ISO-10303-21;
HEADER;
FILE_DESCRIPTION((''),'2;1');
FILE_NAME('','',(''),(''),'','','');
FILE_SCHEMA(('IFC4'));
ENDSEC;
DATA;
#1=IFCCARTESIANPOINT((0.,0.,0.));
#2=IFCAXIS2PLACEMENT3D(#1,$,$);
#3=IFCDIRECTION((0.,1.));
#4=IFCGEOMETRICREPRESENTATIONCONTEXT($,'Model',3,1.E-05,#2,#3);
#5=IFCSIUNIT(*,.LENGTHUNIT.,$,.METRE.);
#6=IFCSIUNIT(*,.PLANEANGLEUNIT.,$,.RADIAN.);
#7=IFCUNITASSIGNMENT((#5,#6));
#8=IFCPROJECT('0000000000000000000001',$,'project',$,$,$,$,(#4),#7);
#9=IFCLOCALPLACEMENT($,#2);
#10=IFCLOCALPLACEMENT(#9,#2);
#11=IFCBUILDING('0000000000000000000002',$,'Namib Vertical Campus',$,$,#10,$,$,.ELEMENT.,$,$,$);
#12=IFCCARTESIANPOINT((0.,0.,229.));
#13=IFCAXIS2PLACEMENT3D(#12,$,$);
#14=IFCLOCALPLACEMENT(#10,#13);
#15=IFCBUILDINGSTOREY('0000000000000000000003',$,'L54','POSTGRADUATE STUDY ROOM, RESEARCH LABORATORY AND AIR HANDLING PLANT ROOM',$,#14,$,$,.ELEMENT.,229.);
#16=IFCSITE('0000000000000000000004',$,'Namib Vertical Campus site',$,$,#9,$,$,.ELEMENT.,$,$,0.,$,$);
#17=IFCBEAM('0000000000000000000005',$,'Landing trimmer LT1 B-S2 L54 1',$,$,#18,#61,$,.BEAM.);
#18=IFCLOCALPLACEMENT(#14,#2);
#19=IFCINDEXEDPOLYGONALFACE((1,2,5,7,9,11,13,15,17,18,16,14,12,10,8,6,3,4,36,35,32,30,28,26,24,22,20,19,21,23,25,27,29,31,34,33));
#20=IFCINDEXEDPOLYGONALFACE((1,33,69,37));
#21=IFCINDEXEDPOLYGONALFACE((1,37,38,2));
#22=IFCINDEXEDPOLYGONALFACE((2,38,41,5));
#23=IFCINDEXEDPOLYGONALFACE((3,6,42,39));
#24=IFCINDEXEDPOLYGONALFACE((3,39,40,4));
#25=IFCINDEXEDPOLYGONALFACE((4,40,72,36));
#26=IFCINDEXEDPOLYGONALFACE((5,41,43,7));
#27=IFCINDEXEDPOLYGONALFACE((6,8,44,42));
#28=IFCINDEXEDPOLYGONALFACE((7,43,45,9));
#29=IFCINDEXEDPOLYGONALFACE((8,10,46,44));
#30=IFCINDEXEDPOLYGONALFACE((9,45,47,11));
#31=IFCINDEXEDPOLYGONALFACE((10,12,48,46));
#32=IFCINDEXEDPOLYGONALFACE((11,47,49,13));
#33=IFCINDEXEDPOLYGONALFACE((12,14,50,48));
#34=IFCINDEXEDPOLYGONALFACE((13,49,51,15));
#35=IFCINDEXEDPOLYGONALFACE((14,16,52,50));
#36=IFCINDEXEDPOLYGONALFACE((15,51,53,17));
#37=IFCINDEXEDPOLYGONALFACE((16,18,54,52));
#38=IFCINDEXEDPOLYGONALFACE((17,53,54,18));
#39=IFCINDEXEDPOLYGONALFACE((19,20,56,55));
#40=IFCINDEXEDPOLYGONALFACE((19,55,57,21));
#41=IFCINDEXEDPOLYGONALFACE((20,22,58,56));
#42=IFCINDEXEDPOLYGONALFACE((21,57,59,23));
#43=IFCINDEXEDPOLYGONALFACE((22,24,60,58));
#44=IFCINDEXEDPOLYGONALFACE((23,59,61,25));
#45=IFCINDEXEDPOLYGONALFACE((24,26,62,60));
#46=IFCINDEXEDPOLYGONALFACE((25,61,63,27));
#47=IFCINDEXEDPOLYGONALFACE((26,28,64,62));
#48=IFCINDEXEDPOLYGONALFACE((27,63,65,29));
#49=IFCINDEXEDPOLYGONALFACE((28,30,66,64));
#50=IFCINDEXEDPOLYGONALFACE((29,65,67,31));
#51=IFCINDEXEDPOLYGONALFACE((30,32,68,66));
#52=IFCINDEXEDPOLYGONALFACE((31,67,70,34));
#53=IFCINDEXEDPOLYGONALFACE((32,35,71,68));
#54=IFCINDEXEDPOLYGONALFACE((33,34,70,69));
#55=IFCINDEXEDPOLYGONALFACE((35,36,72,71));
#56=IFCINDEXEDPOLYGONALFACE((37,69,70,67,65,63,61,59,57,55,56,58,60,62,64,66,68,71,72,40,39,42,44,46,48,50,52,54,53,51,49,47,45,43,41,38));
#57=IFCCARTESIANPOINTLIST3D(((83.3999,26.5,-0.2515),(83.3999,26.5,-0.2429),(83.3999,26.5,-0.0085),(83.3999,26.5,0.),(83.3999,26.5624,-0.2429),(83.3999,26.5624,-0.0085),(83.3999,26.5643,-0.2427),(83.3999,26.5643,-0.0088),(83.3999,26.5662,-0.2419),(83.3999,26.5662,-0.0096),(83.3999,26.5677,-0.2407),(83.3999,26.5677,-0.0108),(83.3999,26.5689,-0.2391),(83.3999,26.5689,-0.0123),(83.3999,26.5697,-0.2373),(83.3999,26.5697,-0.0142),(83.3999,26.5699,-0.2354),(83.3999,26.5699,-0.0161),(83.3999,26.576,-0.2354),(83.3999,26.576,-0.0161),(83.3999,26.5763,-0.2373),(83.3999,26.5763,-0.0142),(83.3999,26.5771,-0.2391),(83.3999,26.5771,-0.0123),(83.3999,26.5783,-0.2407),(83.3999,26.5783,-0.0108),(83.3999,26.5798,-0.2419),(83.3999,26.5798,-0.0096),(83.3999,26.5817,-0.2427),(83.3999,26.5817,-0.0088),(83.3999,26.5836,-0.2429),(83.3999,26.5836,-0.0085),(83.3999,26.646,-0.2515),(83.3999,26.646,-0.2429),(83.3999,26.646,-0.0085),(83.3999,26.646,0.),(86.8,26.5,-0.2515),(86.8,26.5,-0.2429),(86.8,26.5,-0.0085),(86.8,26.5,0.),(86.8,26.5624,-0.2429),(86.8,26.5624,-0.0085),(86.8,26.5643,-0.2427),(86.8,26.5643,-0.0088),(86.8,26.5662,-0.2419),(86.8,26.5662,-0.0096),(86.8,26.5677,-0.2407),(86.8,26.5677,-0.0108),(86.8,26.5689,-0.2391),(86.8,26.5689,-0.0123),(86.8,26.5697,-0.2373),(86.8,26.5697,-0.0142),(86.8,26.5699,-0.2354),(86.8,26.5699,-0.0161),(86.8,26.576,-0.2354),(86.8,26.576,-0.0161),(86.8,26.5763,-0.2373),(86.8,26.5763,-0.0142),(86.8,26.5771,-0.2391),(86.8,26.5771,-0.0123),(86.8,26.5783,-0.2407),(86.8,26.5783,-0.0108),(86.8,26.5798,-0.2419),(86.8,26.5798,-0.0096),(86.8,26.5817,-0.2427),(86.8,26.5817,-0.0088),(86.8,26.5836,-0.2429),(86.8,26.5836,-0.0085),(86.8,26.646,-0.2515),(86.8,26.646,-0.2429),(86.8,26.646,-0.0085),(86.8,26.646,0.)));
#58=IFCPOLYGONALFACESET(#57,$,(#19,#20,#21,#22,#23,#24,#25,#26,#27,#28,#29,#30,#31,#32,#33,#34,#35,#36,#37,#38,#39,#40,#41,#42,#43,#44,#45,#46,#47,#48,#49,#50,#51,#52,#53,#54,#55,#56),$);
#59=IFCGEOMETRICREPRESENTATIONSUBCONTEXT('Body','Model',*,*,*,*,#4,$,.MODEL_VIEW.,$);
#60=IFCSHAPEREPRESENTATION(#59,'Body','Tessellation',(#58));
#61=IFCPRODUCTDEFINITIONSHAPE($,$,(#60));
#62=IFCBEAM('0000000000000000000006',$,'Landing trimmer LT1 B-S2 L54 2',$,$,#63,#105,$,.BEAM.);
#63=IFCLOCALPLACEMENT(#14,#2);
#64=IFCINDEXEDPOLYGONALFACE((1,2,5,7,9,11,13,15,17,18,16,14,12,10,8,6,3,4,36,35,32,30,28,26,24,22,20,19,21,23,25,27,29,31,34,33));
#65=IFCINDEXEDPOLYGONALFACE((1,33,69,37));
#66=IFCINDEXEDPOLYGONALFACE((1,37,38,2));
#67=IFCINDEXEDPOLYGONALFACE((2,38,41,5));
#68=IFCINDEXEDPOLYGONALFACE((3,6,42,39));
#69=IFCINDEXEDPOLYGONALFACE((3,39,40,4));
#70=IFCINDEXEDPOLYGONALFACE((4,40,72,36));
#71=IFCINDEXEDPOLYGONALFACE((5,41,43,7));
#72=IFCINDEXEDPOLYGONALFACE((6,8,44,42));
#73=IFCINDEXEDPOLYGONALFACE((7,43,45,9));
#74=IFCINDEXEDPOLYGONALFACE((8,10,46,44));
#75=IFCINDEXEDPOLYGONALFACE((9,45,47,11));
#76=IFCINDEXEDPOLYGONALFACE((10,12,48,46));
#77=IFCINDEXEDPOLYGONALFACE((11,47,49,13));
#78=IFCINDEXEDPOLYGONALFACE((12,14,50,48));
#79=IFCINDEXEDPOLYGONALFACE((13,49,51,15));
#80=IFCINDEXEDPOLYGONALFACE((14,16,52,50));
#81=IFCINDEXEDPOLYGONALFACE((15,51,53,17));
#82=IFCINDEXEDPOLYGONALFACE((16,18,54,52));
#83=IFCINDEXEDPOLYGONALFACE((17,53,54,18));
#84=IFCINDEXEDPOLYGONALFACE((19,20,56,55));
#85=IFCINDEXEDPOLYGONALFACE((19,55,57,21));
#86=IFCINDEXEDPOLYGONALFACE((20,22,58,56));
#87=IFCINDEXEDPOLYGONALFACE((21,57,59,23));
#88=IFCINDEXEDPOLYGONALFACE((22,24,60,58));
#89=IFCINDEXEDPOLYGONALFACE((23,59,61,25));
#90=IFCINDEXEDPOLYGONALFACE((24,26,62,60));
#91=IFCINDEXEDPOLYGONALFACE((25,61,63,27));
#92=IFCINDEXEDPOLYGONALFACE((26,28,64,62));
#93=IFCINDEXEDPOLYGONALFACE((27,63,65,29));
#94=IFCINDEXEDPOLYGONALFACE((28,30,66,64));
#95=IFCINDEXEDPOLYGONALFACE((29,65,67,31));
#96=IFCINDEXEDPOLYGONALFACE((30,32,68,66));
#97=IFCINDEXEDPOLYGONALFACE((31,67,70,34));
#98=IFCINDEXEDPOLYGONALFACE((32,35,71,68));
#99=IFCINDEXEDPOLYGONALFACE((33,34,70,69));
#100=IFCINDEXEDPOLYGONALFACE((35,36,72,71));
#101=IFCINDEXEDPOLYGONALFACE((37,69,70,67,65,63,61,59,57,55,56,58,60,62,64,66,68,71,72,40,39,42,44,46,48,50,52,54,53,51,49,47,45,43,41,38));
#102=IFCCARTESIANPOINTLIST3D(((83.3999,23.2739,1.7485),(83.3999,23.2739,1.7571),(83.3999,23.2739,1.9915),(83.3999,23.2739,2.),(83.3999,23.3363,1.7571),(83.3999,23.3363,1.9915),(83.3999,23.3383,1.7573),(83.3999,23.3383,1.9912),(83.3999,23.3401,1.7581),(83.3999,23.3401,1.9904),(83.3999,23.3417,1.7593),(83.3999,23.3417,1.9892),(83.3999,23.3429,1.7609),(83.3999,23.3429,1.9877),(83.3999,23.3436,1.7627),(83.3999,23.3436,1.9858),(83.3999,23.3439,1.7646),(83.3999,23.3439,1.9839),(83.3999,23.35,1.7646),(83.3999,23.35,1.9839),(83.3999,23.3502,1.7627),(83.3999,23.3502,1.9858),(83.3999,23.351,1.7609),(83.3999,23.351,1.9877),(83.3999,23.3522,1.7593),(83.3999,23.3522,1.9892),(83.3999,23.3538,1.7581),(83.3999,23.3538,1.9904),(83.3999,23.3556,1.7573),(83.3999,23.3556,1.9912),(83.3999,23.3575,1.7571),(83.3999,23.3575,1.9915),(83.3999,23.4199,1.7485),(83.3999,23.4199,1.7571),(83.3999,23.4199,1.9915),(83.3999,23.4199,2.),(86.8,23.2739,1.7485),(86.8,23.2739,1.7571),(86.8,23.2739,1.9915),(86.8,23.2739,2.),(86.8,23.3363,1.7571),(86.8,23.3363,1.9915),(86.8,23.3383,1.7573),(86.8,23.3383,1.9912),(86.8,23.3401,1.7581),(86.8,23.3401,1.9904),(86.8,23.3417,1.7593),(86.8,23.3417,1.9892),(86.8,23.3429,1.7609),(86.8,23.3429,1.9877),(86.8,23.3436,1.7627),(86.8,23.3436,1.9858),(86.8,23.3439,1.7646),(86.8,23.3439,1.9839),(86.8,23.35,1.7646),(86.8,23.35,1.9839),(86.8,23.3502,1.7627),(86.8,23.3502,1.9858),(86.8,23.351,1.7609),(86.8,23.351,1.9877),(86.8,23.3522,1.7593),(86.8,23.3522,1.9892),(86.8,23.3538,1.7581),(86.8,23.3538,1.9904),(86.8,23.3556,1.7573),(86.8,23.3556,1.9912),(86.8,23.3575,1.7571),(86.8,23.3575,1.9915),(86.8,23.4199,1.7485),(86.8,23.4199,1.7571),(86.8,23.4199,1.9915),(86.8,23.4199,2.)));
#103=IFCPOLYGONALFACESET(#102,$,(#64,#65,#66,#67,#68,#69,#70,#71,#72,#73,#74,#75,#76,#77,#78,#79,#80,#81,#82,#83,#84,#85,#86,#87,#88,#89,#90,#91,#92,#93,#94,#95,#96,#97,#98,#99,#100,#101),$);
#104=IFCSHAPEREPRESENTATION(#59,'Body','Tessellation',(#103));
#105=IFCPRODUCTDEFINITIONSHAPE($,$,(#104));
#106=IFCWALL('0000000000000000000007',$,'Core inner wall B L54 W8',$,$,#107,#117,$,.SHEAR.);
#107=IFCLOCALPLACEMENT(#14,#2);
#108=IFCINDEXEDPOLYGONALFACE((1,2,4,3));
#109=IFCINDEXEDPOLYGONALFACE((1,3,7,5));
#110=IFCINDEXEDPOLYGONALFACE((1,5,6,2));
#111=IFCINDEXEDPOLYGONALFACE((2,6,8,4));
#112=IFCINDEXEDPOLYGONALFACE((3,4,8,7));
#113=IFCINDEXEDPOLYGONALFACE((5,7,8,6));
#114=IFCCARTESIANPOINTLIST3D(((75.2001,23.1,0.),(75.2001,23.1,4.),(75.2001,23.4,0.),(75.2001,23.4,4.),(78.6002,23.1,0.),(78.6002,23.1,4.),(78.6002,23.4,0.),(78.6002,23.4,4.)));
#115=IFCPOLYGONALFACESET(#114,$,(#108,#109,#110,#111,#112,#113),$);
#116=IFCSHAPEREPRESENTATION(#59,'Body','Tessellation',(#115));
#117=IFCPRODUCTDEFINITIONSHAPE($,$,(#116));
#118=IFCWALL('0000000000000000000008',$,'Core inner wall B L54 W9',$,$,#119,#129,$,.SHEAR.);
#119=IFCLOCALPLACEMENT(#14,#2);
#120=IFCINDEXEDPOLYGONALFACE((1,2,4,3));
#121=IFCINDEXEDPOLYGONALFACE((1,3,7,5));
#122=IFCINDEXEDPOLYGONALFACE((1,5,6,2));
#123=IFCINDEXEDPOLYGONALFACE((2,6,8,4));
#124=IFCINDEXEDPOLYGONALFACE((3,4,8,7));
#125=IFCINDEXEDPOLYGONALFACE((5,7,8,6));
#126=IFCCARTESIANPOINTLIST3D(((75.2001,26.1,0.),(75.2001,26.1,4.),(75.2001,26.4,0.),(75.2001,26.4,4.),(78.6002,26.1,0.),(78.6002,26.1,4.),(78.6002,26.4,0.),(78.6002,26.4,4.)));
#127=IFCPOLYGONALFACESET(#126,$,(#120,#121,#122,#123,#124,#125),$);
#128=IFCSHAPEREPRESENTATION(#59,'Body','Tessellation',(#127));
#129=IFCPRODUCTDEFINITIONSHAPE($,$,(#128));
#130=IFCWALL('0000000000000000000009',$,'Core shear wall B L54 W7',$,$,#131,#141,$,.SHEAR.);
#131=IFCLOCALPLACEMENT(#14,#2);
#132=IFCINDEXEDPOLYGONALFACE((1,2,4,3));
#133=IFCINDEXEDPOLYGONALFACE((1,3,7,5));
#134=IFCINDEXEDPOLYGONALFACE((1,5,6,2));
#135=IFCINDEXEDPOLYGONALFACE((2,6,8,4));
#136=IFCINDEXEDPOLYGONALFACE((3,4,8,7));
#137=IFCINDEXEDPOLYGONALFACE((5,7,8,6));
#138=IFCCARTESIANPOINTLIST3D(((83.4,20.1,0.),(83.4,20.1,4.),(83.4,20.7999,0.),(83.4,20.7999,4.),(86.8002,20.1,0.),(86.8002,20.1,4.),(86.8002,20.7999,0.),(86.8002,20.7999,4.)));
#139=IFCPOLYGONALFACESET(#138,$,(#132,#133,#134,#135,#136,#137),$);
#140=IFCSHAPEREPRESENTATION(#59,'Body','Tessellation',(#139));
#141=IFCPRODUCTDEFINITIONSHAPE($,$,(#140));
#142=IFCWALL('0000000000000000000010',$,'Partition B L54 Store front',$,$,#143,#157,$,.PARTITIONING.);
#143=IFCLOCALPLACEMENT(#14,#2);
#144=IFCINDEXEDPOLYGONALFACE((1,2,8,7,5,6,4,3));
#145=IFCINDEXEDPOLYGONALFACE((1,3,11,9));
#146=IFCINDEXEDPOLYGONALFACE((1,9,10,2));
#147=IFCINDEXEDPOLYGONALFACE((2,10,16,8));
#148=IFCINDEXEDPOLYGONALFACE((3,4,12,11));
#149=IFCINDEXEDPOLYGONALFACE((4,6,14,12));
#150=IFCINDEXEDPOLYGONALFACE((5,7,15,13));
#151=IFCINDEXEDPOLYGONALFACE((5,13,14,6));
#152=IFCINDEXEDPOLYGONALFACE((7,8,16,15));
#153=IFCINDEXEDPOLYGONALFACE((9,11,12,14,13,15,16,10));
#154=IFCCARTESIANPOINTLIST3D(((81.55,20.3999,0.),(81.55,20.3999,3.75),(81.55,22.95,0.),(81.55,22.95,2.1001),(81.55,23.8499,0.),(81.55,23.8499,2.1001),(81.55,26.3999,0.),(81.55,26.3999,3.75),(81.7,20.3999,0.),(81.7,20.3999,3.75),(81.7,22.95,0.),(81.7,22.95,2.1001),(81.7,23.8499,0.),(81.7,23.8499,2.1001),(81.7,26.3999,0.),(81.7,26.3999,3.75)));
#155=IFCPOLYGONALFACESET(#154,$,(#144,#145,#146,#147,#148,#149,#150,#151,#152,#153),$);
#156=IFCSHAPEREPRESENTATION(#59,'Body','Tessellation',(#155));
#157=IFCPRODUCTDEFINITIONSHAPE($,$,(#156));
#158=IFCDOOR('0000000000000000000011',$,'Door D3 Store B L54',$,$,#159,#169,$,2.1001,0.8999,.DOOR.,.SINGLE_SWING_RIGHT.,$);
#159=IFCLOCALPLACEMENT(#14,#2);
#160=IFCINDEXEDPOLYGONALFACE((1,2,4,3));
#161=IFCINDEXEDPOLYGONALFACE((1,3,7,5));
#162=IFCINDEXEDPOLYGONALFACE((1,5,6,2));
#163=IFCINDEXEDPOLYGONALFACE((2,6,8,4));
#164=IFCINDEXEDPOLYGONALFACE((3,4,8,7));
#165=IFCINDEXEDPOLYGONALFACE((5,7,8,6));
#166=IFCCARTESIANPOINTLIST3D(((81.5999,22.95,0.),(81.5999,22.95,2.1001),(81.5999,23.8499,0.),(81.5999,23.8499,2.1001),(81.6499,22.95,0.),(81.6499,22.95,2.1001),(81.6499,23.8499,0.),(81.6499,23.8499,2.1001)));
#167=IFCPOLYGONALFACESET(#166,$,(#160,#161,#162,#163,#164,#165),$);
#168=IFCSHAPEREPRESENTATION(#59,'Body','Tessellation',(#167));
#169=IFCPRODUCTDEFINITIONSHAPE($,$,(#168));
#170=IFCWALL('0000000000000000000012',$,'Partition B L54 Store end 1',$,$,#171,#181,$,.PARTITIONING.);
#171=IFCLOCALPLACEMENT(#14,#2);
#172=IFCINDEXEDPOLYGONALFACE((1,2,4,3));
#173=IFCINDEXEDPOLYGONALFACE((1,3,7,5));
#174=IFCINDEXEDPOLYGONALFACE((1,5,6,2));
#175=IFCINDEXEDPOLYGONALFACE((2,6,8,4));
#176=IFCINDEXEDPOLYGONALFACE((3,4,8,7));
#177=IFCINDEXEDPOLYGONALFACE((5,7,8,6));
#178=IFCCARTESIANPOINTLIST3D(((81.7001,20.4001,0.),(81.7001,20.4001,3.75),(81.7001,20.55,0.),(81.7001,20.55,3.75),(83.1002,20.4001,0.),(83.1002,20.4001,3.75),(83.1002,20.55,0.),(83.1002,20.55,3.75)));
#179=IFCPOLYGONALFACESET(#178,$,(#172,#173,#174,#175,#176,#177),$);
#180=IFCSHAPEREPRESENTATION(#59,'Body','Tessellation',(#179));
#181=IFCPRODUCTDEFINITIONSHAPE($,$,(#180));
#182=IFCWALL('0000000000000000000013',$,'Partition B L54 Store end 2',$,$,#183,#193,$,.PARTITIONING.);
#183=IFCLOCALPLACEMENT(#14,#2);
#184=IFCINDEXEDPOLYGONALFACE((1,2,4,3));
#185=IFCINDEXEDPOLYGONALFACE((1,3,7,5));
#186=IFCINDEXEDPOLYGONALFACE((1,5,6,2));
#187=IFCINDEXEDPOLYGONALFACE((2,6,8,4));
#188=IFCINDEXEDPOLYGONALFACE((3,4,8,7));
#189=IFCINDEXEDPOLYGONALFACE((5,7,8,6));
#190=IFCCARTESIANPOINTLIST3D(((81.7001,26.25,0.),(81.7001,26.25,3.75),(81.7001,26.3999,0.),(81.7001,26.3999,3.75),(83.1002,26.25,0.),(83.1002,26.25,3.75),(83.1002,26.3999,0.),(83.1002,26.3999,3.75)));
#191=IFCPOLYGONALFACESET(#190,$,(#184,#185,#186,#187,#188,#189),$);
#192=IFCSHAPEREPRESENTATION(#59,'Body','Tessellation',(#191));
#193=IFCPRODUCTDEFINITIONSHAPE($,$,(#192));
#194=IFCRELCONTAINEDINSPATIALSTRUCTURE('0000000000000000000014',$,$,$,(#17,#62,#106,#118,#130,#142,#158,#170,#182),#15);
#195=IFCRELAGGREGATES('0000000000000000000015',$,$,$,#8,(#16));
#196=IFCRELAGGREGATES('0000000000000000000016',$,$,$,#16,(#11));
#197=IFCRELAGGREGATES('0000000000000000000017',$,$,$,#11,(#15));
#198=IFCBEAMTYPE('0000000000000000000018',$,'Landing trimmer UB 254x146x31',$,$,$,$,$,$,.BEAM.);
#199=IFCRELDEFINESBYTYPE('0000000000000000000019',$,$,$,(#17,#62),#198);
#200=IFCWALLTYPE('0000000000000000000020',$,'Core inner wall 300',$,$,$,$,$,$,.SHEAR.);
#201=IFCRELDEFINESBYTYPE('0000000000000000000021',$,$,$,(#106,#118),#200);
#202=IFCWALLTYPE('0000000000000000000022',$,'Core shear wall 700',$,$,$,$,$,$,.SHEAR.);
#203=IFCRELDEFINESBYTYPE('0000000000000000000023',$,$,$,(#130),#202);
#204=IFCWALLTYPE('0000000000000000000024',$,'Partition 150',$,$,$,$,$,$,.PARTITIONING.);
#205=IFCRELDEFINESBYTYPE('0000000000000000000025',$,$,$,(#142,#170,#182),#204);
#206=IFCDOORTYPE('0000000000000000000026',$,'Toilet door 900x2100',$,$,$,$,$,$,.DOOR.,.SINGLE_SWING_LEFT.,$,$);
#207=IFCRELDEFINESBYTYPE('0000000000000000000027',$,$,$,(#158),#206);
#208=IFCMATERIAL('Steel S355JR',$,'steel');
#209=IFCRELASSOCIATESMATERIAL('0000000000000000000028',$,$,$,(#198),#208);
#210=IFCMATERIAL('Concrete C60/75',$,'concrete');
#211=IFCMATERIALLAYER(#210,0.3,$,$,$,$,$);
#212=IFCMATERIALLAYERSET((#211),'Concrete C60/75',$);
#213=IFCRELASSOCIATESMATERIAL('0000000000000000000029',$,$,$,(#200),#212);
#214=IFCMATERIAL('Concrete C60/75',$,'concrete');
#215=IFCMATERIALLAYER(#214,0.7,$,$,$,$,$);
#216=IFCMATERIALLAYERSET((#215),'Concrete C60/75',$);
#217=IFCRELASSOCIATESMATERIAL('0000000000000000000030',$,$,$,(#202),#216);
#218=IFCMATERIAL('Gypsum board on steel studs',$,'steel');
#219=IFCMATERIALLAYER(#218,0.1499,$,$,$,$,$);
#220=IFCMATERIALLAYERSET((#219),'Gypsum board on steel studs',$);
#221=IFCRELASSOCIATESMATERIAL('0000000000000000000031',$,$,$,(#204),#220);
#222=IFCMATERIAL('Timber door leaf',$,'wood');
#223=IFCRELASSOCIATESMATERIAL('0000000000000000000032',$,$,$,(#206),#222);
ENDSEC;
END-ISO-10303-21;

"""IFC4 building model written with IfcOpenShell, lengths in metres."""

from ifc_helpers import new_model, si_unit, direction, frame, frame_2d, origin, origin_2d, place, context, subcontext, project, spatial, rectangle, i_section, extrude, material, layer, layer_set, material_profile, profile_set, type_object, element, fill, save


model = new_model("IFC4")

# Units and contexts
model_context = context("Model", 3, precision=1e-05, world=origin(), true_north=direction((0.0, 1.0)))
body_context = subcontext(model_context, "Body", "Model", "MODEL_VIEW")
ifc_project = project(units=[si_unit("LENGTHUNIT", "METRE"), si_unit("PLANEANGLEUNIT", "RADIAN")], contexts=[model_context])

# Site, building, storey
site_placement = place(None, origin())
site = spatial("IfcSite", under=ifc_project, at=site_placement, Name="Namib Vertical Campus site", CompositionType="ELEMENT", RefElevation=0.0)
building_placement = place(site_placement, origin())
building = spatial("IfcBuilding", under=site, at=building_placement, Name="Namib Vertical Campus", CompositionType="ELEMENT")
storey_placement = place(building_placement, frame((0.0, 0.0, 229.0)))
storey = spatial("IfcBuildingStorey", under=building, at=storey_placement, Name="L54", Description="POSTGRADUATE STUDY ROOM, RESEARCH LABORATORY AND AIR HANDLING PLANT ROOM", CompositionType="ELEMENT", Elevation=229.0)

# Beams
ifc_material_1 = material(Name="Steel S355JR", Category="steel")
ifc_material_profile = material_profile(ifc_material_1, i_section(OverallWidth=0.146, OverallDepth=0.2515, WebThickness=0.0061, FlangeThickness=0.0085, FilletRadius=0.0076, at=origin_2d()))
ifc_profile_set = profile_set([ifc_material_profile], Name="Steel S355JR")
beam_type = type_object("IfcBeamType", Name="Landing trimmer UB 254x146x31", PredefinedType="BEAM", material=ifc_profile_set)
for number, where, z_axis, x_axis, name in (
    (1, (83.3999, 26.573, -0.1257), (1.0, 0.0, 0.0), (0.0, 1.0, 0.0), "Landing trimmer LT1 B-S2 L54 1"),
    (2, (83.3999, 23.3469, 1.8743), (1.0, 0.0, 0.0), (0.0, 1.0, 0.0), "Landing trimmer LT1 B-S2 L54 2"),
):
    element("IfcBeam", number, at=place(storey_placement, frame(where, z_axis=z_axis, x_axis=x_axis)), inside=storey, type_object=beam_type, Name=name, PredefinedType="BEAM", context=body_context, shape_type="SweptSolid", body=[
        extrude(i_section(OverallWidth=0.146, OverallDepth=0.2515, WebThickness=0.0061, FlangeThickness=0.0085, FilletRadius=0.0076, at=origin_2d()), origin(), (0.0, 0.0, 1.0), 3.4001),
    ])

# Walls
ifc_material_2 = material(Name="Concrete C60/75", Category="concrete")
ifc_layer_1 = layer(ifc_material_2, 0.3)
ifc_layer_set_1 = layer_set([ifc_layer_1], Name="Concrete C60/75")
wall_type_1 = type_object("IfcWallType", Name="Core inner wall 300", PredefinedType="SHEAR", material=ifc_layer_set_1)
for number, where, z_axis, x_axis, name in (
    (3, (75.2, 23.25, 0.0), (0.0, 0.0, 1.0), (1.0, 0.0, 0.0), "Core inner wall B L54 W8"),
    (4, (75.2, 26.25, 0.0), (0.0, 0.0, 1.0), (1.0, 0.0, 0.0), "Core inner wall B L54 W9"),
):
    element("IfcWall", number, at=place(storey_placement, frame(where, z_axis=z_axis, x_axis=x_axis)), inside=storey, type_object=wall_type_1, Name=name, PredefinedType="SHEAR", context=body_context, shape_type="SweptSolid", body=[
        extrude(rectangle(XDim=3.4001, YDim=0.3, at=frame_2d((1.7002, 0.0))), origin(), (0.0, 0.0, 1.0), 4.0),
    ])
ifc_material_3 = material(Name="Concrete C60/75", Category="concrete")
ifc_layer_2 = layer(ifc_material_3, 0.7)
ifc_layer_set_2 = layer_set([ifc_layer_2], Name="Concrete C60/75")
wall_type_2 = type_object("IfcWallType", Name="Core shear wall 700", PredefinedType="SHEAR", material=ifc_layer_set_2)
wall_1_placement = place(storey_placement, frame((83.3999, 20.45, 0.0), z_axis=(0.0, 0.0, 1.0), x_axis=(1.0, 0.0, 0.0)))
element("IfcWall", 5, at=wall_1_placement, inside=storey, type_object=wall_type_2, Name="Core shear wall B L54 W7", PredefinedType="SHEAR", context=body_context, shape_type="SweptSolid", body=[
    extrude(rectangle(XDim=3.4001, YDim=0.7, at=frame_2d((1.7002, 0.0))), origin(), (0.0, 0.0, 1.0), 4.0),
])

# Wall, opening, door
ifc_material_4 = material(Name="Gypsum board on steel studs", Category="steel")
ifc_layer_3 = layer(ifc_material_4, 0.1499)
ifc_layer_set_3 = layer_set([ifc_layer_3], Name="Gypsum board on steel studs")
wall_type_3 = type_object("IfcWallType", Name="Partition 150", PredefinedType="PARTITIONING", material=ifc_layer_set_3)
wall_2_placement = place(storey_placement, frame((81.625, 20.3999, 0.0), z_axis=(0.0, 0.0, 1.0), x_axis=(0.0, 1.0, 0.0)))
wall_2 = element("IfcWall", 6, at=wall_2_placement, inside=storey, type_object=wall_type_3, Name="Partition B L54 Store front", PredefinedType="PARTITIONING", context=body_context, shape_type="SweptSolid", body=[
    extrude(rectangle(XDim=6.0, YDim=0.1499, at=frame_2d((3.0, 0.0))), origin(), (0.0, 0.0, 1.0), 3.75),
])
opening_1_placement = place(wall_2_placement, frame((2.55, 0.0, 0.0)))
opening_1 = element("IfcOpeningElement", 7, at=opening_1_placement, cuts=wall_2, PredefinedType="OPENING", context=body_context, shape_type="SweptSolid", body=[
    extrude(rectangle(XDim=0.8999, YDim=2.1001, at=frame_2d((0.45, 1.05))), frame((0.0, 0.085, 0.0), z_axis=(0.0, -1.0, 0.0), x_axis=(1.0, 0.0, 0.0)), (0.0, 0.0, 1.0), 0.1699),
])
ifc_material_5 = material(Name="Timber door leaf", Category="wood")
door_type = type_object("IfcDoorType", Name="Toilet door 900x2100", OperationType="SINGLE_SWING_LEFT", PredefinedType="DOOR", material=ifc_material_5)
door_1_placement = place(opening_1_placement, frame((0.8999, 0.0, 0.0), z_axis=(0.0, 0.0, 1.0), x_axis=(-1.0, 0.0, 0.0)))
door_1 = element("IfcDoor", 8, at=door_1_placement, inside=storey, type_object=door_type, Name="Door D3 Store B L54", OperationType="SINGLE_SWING_RIGHT", OverallHeight=2.1001, OverallWidth=0.8999, PredefinedType="DOOR", context=body_context, shape_type="SweptSolid", body=[
    extrude(rectangle(XDim=0.8999, YDim=2.1001, at=frame_2d((0.45, 1.05))), frame((0.0, 0.0249, 0.0), z_axis=(0.0, -1.0, 0.0), x_axis=(1.0, 0.0, 0.0)), (0.0, 0.0, 1.0), 0.05),
])
fill(opening_1, door_1)

# Walls
for number, where, z_axis, x_axis, name in (
    (9, (81.7, 20.4751, 0.0), (0.0, 0.0, 1.0), (1.0, 0.0, 0.0), "Partition B L54 Store end 1"),
    (10, (81.7, 26.325, 0.0), (0.0, 0.0, 1.0), (1.0, 0.0, 0.0), "Partition B L54 Store end 2"),
):
    element("IfcWall", number, at=place(storey_placement, frame(where, z_axis=z_axis, x_axis=x_axis)), inside=storey, type_object=wall_type_3, Name=name, PredefinedType="PARTITIONING", context=body_context, shape_type="SweptSolid", body=[
        extrude(rectangle(XDim=1.4001, YDim=0.1499, at=frame_2d((0.7002, 0.0))), origin(), (0.0, 0.0, 1.0), 3.75),
    ])

save(model, "model.ifc")
